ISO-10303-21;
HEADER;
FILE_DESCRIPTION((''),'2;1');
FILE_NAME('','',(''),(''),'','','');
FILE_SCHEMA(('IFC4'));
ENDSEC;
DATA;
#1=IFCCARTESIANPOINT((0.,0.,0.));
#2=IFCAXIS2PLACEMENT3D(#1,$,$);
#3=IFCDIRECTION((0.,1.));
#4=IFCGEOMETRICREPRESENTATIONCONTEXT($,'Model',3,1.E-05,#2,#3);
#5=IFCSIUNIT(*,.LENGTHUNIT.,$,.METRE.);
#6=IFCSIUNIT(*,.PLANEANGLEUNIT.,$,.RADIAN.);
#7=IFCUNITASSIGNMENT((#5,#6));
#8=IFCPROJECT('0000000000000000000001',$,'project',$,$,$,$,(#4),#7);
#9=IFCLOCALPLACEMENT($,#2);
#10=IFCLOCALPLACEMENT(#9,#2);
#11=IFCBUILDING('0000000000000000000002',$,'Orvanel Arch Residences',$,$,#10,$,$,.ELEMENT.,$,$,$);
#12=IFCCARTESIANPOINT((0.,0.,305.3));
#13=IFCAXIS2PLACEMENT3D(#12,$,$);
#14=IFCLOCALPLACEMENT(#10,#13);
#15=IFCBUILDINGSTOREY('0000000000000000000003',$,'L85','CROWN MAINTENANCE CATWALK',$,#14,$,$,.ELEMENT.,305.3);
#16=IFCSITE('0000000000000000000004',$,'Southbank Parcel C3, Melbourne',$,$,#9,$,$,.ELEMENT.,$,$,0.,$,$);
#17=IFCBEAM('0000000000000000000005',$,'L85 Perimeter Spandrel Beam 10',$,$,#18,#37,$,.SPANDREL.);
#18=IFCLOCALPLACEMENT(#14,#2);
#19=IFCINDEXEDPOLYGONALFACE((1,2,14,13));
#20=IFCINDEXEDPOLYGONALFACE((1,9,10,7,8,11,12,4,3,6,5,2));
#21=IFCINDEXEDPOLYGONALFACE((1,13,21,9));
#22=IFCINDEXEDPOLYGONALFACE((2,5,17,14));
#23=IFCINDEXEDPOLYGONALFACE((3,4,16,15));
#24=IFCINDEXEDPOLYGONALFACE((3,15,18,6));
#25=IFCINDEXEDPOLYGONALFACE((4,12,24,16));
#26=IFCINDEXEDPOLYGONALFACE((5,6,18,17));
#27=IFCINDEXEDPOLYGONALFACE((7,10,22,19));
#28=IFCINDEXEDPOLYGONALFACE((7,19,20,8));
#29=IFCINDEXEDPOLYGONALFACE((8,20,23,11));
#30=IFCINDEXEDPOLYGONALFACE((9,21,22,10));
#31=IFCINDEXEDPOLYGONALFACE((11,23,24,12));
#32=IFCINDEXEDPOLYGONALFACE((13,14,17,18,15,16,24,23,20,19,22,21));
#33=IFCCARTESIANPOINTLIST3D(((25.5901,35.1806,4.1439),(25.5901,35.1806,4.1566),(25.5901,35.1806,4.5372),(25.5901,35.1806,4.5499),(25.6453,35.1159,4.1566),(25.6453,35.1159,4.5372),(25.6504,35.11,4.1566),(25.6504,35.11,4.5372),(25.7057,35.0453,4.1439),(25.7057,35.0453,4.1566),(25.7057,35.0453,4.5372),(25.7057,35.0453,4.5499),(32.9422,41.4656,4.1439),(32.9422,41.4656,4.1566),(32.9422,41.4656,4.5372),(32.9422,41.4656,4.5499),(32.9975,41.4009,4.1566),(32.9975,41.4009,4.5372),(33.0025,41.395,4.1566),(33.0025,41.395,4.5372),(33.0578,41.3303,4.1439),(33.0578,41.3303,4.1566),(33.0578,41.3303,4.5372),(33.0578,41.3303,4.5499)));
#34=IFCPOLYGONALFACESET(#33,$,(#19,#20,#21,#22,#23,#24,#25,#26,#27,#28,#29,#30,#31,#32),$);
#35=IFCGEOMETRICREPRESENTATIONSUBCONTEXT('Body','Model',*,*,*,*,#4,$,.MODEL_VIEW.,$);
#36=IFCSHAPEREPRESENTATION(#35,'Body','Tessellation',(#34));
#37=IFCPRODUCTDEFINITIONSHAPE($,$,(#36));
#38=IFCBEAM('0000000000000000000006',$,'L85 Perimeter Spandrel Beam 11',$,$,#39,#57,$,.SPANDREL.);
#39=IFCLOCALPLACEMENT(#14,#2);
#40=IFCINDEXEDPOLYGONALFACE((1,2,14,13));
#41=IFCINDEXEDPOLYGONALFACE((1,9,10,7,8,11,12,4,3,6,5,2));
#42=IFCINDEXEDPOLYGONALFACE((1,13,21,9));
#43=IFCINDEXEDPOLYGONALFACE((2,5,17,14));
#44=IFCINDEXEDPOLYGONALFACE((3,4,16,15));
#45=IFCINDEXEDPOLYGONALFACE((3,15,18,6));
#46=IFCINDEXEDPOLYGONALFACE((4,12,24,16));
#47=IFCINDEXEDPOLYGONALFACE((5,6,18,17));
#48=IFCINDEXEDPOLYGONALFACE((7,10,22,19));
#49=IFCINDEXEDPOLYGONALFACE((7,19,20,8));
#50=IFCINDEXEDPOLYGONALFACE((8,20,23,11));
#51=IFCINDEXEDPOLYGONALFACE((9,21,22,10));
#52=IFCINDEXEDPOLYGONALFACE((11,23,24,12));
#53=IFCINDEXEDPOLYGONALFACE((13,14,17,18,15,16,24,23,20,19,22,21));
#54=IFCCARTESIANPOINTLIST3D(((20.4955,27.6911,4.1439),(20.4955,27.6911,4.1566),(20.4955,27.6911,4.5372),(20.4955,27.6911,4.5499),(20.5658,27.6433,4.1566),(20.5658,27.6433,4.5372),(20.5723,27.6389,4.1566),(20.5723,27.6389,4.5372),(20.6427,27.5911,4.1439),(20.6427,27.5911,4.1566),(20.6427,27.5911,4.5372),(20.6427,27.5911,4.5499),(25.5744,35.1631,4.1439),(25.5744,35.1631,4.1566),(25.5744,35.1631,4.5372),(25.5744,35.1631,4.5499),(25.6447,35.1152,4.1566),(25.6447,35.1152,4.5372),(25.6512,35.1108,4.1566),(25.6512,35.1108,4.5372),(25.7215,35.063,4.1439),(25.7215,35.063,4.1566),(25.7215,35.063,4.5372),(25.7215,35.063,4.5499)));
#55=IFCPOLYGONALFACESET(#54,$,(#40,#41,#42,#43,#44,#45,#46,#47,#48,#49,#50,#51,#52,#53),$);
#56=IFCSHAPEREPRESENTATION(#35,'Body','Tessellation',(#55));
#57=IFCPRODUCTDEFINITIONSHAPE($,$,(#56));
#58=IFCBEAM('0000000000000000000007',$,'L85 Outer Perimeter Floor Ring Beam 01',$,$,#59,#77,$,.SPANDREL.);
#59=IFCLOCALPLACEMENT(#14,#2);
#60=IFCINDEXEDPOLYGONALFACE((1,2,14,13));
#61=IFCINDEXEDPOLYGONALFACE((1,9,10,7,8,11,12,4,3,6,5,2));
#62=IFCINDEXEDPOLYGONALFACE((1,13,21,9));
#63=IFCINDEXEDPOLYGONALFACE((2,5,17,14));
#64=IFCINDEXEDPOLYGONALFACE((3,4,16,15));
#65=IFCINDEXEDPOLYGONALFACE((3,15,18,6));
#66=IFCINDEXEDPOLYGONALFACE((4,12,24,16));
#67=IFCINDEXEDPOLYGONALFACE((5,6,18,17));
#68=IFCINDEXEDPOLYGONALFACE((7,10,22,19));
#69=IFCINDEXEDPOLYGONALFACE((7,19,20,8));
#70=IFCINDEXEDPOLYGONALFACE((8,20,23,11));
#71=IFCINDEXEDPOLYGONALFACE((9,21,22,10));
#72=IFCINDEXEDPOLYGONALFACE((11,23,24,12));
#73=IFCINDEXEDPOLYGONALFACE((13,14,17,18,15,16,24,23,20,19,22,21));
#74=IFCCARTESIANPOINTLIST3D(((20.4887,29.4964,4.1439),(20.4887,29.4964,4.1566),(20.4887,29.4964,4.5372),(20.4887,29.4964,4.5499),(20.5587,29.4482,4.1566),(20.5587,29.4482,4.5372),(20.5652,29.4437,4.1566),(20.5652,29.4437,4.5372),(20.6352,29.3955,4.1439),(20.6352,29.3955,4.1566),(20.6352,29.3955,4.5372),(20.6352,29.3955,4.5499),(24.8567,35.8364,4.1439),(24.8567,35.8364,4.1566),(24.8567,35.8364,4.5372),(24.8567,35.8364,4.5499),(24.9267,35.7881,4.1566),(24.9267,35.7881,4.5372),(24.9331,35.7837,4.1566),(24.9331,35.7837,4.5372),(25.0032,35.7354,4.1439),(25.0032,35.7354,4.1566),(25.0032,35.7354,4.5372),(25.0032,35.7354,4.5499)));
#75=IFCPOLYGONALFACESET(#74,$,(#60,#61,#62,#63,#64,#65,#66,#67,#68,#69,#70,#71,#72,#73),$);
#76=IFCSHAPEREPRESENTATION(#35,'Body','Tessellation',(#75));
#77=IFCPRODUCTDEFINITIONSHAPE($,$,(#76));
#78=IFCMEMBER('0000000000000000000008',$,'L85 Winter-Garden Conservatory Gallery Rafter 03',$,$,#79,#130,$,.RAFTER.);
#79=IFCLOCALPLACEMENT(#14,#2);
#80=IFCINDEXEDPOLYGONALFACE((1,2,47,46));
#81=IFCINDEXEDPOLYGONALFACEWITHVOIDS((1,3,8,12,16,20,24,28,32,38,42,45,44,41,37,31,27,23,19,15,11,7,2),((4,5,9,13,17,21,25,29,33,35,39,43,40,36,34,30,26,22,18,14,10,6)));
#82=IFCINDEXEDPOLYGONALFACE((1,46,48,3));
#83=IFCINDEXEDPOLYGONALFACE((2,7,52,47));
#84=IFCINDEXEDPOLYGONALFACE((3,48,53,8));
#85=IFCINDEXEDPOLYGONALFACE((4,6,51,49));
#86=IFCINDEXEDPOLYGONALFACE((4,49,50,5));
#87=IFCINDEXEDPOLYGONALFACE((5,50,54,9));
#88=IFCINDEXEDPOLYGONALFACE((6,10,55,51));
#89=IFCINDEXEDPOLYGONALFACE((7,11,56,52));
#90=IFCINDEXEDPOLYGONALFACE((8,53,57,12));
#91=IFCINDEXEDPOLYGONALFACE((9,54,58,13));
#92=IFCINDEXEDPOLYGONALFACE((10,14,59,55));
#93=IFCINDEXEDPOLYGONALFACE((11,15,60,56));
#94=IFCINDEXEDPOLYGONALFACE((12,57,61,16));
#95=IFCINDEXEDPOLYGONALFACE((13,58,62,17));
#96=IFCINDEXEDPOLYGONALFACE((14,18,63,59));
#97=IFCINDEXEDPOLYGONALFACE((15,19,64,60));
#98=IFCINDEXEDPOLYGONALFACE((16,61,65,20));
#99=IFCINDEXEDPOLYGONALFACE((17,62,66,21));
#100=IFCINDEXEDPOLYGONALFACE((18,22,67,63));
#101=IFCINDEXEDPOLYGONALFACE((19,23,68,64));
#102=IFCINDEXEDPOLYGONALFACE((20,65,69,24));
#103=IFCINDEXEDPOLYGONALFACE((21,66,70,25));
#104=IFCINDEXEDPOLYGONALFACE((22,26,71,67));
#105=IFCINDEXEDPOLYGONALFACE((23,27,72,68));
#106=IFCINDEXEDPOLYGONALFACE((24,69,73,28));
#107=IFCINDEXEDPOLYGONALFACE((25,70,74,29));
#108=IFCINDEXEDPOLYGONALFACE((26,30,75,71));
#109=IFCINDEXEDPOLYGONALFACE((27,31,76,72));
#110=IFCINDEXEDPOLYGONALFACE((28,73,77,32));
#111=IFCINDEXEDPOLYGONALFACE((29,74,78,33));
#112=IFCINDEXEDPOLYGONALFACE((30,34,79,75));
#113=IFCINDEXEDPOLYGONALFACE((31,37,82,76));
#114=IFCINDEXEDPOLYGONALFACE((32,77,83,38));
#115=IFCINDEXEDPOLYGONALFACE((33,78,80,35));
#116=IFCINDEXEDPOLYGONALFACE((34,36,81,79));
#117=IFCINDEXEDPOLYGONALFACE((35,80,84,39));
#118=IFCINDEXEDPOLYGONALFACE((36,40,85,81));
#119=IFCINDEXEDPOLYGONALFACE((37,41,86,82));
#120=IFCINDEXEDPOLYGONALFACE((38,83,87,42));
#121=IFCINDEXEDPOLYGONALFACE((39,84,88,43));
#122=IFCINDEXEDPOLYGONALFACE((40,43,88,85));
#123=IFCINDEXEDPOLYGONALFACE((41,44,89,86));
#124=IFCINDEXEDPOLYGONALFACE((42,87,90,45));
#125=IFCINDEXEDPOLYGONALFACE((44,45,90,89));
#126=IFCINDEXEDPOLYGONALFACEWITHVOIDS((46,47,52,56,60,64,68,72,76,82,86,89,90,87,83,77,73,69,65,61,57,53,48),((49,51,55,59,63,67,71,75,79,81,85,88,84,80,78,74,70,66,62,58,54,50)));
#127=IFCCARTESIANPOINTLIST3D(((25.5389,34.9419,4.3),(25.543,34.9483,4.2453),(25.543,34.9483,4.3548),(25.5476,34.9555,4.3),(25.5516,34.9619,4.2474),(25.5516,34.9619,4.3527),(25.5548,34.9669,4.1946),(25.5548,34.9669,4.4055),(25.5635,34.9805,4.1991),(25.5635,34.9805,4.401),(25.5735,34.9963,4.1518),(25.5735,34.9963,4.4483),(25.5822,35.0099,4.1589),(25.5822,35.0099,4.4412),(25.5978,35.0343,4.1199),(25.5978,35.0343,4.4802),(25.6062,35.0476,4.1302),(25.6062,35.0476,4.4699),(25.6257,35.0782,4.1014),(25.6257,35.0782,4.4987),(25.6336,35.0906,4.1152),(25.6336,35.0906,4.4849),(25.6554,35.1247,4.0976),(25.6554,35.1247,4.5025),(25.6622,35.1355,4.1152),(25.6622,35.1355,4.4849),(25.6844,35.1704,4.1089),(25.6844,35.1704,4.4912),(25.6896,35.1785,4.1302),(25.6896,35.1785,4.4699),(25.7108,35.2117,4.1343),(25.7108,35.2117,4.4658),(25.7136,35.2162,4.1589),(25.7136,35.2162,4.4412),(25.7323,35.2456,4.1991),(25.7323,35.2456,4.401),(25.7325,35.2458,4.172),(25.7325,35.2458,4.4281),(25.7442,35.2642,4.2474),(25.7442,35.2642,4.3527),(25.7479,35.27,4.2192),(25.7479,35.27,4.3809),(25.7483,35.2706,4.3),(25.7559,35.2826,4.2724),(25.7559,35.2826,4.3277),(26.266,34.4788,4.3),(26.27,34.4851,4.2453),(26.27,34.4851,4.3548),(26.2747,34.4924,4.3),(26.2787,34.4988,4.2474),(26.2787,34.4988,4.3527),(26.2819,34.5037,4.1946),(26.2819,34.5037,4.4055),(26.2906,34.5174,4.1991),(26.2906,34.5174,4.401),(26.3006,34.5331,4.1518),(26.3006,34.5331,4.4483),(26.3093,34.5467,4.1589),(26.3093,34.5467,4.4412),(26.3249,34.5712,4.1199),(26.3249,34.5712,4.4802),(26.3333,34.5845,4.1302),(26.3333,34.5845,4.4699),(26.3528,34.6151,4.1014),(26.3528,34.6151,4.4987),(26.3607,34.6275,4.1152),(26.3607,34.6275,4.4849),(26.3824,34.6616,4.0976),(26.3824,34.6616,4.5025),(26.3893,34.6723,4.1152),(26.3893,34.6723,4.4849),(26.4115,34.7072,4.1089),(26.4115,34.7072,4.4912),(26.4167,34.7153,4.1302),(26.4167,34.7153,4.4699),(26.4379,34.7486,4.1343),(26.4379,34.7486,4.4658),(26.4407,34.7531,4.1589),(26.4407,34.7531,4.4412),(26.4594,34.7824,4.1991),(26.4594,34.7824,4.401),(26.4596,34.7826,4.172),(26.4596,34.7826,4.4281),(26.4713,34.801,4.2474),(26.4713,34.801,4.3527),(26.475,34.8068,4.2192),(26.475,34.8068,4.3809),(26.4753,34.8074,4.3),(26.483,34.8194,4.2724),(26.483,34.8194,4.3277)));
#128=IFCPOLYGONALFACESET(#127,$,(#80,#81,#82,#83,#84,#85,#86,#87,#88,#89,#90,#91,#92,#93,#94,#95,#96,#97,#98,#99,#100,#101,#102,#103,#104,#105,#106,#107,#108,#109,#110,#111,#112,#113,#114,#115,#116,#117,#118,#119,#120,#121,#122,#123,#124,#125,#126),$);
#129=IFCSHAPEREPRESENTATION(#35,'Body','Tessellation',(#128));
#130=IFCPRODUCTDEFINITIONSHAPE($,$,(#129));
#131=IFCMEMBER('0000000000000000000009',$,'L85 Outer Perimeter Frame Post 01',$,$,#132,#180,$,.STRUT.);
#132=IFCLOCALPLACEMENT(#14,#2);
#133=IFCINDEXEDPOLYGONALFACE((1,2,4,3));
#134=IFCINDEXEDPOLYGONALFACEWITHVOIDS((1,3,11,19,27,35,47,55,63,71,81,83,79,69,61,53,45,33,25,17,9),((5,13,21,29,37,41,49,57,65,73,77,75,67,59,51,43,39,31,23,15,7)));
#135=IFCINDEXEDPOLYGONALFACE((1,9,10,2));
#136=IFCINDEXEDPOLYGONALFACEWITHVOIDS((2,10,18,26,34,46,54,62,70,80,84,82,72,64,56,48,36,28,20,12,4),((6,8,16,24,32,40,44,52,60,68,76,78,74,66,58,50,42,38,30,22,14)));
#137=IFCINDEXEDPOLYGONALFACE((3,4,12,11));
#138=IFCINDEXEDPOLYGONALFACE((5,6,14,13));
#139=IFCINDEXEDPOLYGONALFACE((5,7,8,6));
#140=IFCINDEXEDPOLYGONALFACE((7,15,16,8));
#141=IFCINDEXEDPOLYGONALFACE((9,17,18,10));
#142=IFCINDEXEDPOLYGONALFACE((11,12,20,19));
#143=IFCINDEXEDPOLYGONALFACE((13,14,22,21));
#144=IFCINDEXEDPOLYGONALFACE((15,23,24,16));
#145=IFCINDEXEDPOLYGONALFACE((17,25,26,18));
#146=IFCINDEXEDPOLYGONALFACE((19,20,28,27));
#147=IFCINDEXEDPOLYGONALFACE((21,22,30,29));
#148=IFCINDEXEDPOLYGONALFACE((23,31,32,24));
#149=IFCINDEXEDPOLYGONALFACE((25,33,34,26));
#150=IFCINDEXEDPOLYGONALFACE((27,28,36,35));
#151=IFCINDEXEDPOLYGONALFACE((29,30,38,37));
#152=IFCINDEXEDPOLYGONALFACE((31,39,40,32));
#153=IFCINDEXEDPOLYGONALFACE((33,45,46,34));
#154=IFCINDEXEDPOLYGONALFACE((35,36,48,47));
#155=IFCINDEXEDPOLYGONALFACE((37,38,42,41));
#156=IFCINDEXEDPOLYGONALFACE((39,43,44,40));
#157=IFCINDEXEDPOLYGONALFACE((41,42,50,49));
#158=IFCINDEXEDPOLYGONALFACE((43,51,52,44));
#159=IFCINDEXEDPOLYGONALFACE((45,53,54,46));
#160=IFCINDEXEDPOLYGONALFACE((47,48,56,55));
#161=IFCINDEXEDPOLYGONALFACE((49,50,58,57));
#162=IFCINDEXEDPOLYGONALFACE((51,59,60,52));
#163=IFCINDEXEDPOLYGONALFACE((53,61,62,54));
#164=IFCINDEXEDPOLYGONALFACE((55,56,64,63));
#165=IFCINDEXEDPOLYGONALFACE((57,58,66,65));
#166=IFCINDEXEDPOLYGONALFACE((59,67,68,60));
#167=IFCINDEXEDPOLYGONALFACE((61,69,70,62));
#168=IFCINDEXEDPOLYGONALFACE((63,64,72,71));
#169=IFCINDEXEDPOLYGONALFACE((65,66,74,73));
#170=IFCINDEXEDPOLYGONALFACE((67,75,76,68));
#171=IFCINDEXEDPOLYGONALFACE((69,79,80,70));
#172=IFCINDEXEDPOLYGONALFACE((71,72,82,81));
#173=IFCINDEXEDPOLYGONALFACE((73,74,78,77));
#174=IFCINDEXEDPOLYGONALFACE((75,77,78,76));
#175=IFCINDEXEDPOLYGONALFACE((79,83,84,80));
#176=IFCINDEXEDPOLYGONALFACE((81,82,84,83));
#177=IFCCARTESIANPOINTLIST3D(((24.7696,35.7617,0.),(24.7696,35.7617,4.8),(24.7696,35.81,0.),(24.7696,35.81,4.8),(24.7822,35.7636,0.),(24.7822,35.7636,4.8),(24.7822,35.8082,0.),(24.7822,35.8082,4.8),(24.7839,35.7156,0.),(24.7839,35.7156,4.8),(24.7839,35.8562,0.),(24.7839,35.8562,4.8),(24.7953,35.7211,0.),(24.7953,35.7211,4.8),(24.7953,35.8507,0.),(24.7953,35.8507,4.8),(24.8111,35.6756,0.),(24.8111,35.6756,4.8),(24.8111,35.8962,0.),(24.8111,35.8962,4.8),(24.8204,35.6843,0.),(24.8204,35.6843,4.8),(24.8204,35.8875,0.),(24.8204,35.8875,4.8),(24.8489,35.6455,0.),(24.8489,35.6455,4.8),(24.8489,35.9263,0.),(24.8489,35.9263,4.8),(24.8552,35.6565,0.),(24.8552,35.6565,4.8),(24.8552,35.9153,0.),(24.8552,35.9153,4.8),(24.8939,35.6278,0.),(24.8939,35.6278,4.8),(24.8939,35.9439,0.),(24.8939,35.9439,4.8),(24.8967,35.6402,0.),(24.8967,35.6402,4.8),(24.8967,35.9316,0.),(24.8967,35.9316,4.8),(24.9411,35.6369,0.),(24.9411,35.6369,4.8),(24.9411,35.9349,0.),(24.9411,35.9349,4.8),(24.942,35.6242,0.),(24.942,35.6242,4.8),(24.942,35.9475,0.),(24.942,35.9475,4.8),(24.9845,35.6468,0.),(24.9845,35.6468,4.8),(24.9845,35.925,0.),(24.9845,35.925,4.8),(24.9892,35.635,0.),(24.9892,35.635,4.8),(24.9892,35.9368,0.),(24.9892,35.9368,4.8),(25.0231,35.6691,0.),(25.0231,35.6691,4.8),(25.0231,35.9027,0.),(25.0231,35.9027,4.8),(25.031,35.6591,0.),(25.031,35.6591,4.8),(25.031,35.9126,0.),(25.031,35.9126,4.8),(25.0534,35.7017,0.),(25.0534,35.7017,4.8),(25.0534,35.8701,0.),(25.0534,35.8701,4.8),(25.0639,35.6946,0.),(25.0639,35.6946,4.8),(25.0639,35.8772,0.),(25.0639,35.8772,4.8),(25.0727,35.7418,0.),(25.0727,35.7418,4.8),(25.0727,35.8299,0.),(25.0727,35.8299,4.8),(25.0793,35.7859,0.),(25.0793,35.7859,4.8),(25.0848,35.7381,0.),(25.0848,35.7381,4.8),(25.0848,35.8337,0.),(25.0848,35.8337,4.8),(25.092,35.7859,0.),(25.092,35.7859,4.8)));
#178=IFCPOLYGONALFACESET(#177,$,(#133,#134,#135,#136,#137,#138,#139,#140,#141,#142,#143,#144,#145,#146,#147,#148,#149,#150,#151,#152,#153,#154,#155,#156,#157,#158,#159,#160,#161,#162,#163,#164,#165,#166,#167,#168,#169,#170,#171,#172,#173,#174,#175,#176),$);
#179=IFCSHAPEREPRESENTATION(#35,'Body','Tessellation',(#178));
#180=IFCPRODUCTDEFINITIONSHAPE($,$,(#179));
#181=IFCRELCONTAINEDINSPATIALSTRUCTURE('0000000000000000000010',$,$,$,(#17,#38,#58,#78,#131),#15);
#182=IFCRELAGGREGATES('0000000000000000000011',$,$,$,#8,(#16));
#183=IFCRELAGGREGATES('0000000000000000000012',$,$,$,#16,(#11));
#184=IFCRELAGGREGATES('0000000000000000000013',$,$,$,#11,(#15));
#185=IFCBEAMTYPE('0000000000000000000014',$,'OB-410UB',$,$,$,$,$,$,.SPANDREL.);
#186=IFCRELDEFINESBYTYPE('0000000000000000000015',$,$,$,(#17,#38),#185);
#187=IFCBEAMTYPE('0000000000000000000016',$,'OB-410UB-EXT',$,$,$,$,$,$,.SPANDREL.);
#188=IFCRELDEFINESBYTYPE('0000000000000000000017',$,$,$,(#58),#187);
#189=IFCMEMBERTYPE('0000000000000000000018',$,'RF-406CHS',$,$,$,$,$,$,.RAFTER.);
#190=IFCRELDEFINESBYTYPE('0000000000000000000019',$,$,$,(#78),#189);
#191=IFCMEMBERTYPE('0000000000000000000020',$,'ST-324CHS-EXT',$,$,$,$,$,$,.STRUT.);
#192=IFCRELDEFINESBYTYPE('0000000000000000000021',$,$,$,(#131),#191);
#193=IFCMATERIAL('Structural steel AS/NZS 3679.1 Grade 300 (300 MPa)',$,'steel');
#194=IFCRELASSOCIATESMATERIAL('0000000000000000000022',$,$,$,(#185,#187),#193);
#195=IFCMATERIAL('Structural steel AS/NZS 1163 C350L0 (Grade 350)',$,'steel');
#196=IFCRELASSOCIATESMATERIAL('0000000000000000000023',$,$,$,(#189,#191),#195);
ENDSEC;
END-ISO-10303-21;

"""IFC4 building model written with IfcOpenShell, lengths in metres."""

from ifc_helpers import new_model, si_unit, direction, frame, origin, origin_2d, place, context, subcontext, project, spatial, hollow_circle, i_section, extrude, material, material_profile, profile_set, type_object, element, save


model = new_model("IFC4")

# Units and contexts
model_context = context("Model", 3, precision=1e-05, world=origin(), true_north=direction((0.0, 1.0)))
body_context = subcontext(model_context, "Body", "Model", "MODEL_VIEW")
ifc_project = project(units=[si_unit("LENGTHUNIT", "METRE"), si_unit("PLANEANGLEUNIT", "RADIAN")], contexts=[model_context])

# Site, building, storey
site_placement = place(None, origin())
site = spatial("IfcSite", under=ifc_project, at=site_placement, Name="Southbank Parcel C3, Melbourne", CompositionType="ELEMENT", RefElevation=0.0)
building_placement = place(site_placement, origin())
building = spatial("IfcBuilding", under=site, at=building_placement, Name="Orvanel Arch Residences", CompositionType="ELEMENT")
storey_placement = place(building_placement, frame((0.0, 0.0, 305.3)))
storey = spatial("IfcBuildingStorey", under=building, at=storey_placement, Name="L85", Description="CROWN MAINTENANCE CATWALK", CompositionType="ELEMENT", Elevation=305.3)

# Shared definitions
ifc_material_1 = material(Name="Structural steel AS/NZS 3679.1 Grade 300 (300 MPa)", Category="steel")

# Beams
ifc_material_profile_1 = material_profile(ifc_material_1, i_section(OverallWidth=0.178, OverallDepth=0.406, WebThickness=0.0078, FlangeThickness=0.0127, at=origin_2d()), Name="410UB59.7")
ifc_profile_set_1 = profile_set([ifc_material_profile_1], Name="Structural steel AS/NZS 3679.1 Grade 300 (300 MPa)")
beam_type_1 = type_object("IfcBeamType", Name="OB-410UB", PredefinedType="SPANDREL", material=ifc_profile_set_1)
beam_1_placement = place(storey_placement, frame((33.0, 41.3979, 4.3469), z_axis=(-0.760117, -0.649787, 0.0), x_axis=(0.649787, -0.760117, 0.0)))
element("IfcBeam", 1, at=beam_1_placement, inside=storey, type_object=beam_type_1, Name="L85 Perimeter Spandrel Beam 10", PredefinedType="SPANDREL", context=body_context, shape_type="SweptSolid", body=[
    extrude(i_section(OverallWidth=0.178, OverallDepth=0.406, WebThickness=0.0078, FlangeThickness=0.0127, at=origin_2d()), origin(), (0.0, 0.0, 1.0), 9.6724),
])
beam_2_placement = place(storey_placement, frame((25.6479, 35.113, 4.3469), z_axis=(-0.562155, -0.827032, 0.0), x_axis=(0.827032, -0.562155, 0.0)))
element("IfcBeam", 2, at=beam_2_placement, inside=storey, type_object=beam_type_1, Name="L85 Perimeter Spandrel Beam 11", PredefinedType="SPANDREL", context=body_context, shape_type="SweptSolid", body=[
    extrude(i_section(OverallWidth=0.178, OverallDepth=0.406, WebThickness=0.0078, FlangeThickness=0.0127, at=origin_2d()), origin(), (0.0, 0.0, 1.0), 9.0347),
])
ifc_material_profile_2 = material_profile(ifc_material_1, i_section(OverallWidth=0.178, OverallDepth=0.406, WebThickness=0.0078, FlangeThickness=0.0127, at=origin_2d()), Name="410UB59.7")
ifc_profile_set_2 = profile_set([ifc_material_profile_2], Name="Structural steel AS/NZS 3679.1 Grade 300 (300 MPa)")
beam_type_2 = type_object("IfcBeamType", Name="OB-410UB-EXT", PredefinedType="SPANDREL", material=ifc_profile_set_2)
beam_3_placement = place(storey_placement, frame((24.9299, 35.7859, 4.3469), z_axis=(-0.567347, -0.823479, 0.0), x_axis=(0.823479, -0.567347, 0.0)))
element("IfcBeam", 3, at=beam_3_placement, inside=storey, type_object=beam_type_2, Name="L85 Outer Perimeter Floor Ring Beam 01", PredefinedType="SPANDREL", context=body_context, shape_type="SweptSolid", body=[
    extrude(i_section(OverallWidth=0.178, OverallDepth=0.406, WebThickness=0.0078, FlangeThickness=0.0127, at=origin_2d()), origin(), (0.0, 0.0, 1.0), 7.699),
])

# Members
ifc_material_2 = material(Name="Structural steel AS/NZS 1163 C350L0 (Grade 350)", Category="steel")
ifc_material_profile_3 = material_profile(ifc_material_2, hollow_circle(Radius=0.2029, WallThickness=0.0161, at=origin_2d()), Name="CHS406x16")
ifc_profile_set_3 = profile_set([ifc_material_profile_3], Name="Structural steel AS/NZS 1163 C350L0 (Grade 350)")
member_type_1 = type_object("IfcMemberType", Name="RF-406CHS", PredefinedType="RAFTER", material=ifc_profile_set_3)
member_1_placement = place(storey_placement, frame((26.375, 34.6499, 4.3), z_axis=(-0.843417, 0.53726, 0.0), x_axis=(-0.53726, -0.843417, 0.0)))
element("IfcMember", 4, at=member_1_placement, inside=storey, type_object=member_type_1, Name="L85 Winter-Garden Conservatory Gallery Rafter 03", PredefinedType="RAFTER", context=body_context, shape_type="SweptSolid", body=[
    extrude(hollow_circle(Radius=0.2029, WallThickness=0.0161, at=origin_2d()), origin(), (0.0, 0.0, 1.0), 0.8621),
])
ifc_material_profile_4 = material_profile(ifc_material_2, hollow_circle(Radius=0.1621, WallThickness=0.0127, at=origin_2d()), Name="CHS324x12.7")
ifc_profile_set_4 = profile_set([ifc_material_profile_4], Name="Structural steel AS/NZS 1163 C350L0 (Grade 350)")
member_type_2 = type_object("IfcMemberType", Name="ST-324CHS-EXT", PredefinedType="STRUT", material=ifc_profile_set_4)
member_2_placement = place(storey_placement, frame((24.9299, 35.7859, 0.0), z_axis=(0.0, 0.0, 1.0), x_axis=(1.0, 0.0, 0.0)))
element("IfcMember", 5, at=member_2_placement, inside=storey, type_object=member_type_2, Name="L85 Outer Perimeter Frame Post 01", PredefinedType="STRUT", context=body_context, shape_type="SweptSolid", body=[
    extrude(hollow_circle(Radius=0.1621, WallThickness=0.0127, at=origin_2d()), origin(), (0.0, 0.0, 1.0), 4.8),
])

save(model, "model.ifc")
